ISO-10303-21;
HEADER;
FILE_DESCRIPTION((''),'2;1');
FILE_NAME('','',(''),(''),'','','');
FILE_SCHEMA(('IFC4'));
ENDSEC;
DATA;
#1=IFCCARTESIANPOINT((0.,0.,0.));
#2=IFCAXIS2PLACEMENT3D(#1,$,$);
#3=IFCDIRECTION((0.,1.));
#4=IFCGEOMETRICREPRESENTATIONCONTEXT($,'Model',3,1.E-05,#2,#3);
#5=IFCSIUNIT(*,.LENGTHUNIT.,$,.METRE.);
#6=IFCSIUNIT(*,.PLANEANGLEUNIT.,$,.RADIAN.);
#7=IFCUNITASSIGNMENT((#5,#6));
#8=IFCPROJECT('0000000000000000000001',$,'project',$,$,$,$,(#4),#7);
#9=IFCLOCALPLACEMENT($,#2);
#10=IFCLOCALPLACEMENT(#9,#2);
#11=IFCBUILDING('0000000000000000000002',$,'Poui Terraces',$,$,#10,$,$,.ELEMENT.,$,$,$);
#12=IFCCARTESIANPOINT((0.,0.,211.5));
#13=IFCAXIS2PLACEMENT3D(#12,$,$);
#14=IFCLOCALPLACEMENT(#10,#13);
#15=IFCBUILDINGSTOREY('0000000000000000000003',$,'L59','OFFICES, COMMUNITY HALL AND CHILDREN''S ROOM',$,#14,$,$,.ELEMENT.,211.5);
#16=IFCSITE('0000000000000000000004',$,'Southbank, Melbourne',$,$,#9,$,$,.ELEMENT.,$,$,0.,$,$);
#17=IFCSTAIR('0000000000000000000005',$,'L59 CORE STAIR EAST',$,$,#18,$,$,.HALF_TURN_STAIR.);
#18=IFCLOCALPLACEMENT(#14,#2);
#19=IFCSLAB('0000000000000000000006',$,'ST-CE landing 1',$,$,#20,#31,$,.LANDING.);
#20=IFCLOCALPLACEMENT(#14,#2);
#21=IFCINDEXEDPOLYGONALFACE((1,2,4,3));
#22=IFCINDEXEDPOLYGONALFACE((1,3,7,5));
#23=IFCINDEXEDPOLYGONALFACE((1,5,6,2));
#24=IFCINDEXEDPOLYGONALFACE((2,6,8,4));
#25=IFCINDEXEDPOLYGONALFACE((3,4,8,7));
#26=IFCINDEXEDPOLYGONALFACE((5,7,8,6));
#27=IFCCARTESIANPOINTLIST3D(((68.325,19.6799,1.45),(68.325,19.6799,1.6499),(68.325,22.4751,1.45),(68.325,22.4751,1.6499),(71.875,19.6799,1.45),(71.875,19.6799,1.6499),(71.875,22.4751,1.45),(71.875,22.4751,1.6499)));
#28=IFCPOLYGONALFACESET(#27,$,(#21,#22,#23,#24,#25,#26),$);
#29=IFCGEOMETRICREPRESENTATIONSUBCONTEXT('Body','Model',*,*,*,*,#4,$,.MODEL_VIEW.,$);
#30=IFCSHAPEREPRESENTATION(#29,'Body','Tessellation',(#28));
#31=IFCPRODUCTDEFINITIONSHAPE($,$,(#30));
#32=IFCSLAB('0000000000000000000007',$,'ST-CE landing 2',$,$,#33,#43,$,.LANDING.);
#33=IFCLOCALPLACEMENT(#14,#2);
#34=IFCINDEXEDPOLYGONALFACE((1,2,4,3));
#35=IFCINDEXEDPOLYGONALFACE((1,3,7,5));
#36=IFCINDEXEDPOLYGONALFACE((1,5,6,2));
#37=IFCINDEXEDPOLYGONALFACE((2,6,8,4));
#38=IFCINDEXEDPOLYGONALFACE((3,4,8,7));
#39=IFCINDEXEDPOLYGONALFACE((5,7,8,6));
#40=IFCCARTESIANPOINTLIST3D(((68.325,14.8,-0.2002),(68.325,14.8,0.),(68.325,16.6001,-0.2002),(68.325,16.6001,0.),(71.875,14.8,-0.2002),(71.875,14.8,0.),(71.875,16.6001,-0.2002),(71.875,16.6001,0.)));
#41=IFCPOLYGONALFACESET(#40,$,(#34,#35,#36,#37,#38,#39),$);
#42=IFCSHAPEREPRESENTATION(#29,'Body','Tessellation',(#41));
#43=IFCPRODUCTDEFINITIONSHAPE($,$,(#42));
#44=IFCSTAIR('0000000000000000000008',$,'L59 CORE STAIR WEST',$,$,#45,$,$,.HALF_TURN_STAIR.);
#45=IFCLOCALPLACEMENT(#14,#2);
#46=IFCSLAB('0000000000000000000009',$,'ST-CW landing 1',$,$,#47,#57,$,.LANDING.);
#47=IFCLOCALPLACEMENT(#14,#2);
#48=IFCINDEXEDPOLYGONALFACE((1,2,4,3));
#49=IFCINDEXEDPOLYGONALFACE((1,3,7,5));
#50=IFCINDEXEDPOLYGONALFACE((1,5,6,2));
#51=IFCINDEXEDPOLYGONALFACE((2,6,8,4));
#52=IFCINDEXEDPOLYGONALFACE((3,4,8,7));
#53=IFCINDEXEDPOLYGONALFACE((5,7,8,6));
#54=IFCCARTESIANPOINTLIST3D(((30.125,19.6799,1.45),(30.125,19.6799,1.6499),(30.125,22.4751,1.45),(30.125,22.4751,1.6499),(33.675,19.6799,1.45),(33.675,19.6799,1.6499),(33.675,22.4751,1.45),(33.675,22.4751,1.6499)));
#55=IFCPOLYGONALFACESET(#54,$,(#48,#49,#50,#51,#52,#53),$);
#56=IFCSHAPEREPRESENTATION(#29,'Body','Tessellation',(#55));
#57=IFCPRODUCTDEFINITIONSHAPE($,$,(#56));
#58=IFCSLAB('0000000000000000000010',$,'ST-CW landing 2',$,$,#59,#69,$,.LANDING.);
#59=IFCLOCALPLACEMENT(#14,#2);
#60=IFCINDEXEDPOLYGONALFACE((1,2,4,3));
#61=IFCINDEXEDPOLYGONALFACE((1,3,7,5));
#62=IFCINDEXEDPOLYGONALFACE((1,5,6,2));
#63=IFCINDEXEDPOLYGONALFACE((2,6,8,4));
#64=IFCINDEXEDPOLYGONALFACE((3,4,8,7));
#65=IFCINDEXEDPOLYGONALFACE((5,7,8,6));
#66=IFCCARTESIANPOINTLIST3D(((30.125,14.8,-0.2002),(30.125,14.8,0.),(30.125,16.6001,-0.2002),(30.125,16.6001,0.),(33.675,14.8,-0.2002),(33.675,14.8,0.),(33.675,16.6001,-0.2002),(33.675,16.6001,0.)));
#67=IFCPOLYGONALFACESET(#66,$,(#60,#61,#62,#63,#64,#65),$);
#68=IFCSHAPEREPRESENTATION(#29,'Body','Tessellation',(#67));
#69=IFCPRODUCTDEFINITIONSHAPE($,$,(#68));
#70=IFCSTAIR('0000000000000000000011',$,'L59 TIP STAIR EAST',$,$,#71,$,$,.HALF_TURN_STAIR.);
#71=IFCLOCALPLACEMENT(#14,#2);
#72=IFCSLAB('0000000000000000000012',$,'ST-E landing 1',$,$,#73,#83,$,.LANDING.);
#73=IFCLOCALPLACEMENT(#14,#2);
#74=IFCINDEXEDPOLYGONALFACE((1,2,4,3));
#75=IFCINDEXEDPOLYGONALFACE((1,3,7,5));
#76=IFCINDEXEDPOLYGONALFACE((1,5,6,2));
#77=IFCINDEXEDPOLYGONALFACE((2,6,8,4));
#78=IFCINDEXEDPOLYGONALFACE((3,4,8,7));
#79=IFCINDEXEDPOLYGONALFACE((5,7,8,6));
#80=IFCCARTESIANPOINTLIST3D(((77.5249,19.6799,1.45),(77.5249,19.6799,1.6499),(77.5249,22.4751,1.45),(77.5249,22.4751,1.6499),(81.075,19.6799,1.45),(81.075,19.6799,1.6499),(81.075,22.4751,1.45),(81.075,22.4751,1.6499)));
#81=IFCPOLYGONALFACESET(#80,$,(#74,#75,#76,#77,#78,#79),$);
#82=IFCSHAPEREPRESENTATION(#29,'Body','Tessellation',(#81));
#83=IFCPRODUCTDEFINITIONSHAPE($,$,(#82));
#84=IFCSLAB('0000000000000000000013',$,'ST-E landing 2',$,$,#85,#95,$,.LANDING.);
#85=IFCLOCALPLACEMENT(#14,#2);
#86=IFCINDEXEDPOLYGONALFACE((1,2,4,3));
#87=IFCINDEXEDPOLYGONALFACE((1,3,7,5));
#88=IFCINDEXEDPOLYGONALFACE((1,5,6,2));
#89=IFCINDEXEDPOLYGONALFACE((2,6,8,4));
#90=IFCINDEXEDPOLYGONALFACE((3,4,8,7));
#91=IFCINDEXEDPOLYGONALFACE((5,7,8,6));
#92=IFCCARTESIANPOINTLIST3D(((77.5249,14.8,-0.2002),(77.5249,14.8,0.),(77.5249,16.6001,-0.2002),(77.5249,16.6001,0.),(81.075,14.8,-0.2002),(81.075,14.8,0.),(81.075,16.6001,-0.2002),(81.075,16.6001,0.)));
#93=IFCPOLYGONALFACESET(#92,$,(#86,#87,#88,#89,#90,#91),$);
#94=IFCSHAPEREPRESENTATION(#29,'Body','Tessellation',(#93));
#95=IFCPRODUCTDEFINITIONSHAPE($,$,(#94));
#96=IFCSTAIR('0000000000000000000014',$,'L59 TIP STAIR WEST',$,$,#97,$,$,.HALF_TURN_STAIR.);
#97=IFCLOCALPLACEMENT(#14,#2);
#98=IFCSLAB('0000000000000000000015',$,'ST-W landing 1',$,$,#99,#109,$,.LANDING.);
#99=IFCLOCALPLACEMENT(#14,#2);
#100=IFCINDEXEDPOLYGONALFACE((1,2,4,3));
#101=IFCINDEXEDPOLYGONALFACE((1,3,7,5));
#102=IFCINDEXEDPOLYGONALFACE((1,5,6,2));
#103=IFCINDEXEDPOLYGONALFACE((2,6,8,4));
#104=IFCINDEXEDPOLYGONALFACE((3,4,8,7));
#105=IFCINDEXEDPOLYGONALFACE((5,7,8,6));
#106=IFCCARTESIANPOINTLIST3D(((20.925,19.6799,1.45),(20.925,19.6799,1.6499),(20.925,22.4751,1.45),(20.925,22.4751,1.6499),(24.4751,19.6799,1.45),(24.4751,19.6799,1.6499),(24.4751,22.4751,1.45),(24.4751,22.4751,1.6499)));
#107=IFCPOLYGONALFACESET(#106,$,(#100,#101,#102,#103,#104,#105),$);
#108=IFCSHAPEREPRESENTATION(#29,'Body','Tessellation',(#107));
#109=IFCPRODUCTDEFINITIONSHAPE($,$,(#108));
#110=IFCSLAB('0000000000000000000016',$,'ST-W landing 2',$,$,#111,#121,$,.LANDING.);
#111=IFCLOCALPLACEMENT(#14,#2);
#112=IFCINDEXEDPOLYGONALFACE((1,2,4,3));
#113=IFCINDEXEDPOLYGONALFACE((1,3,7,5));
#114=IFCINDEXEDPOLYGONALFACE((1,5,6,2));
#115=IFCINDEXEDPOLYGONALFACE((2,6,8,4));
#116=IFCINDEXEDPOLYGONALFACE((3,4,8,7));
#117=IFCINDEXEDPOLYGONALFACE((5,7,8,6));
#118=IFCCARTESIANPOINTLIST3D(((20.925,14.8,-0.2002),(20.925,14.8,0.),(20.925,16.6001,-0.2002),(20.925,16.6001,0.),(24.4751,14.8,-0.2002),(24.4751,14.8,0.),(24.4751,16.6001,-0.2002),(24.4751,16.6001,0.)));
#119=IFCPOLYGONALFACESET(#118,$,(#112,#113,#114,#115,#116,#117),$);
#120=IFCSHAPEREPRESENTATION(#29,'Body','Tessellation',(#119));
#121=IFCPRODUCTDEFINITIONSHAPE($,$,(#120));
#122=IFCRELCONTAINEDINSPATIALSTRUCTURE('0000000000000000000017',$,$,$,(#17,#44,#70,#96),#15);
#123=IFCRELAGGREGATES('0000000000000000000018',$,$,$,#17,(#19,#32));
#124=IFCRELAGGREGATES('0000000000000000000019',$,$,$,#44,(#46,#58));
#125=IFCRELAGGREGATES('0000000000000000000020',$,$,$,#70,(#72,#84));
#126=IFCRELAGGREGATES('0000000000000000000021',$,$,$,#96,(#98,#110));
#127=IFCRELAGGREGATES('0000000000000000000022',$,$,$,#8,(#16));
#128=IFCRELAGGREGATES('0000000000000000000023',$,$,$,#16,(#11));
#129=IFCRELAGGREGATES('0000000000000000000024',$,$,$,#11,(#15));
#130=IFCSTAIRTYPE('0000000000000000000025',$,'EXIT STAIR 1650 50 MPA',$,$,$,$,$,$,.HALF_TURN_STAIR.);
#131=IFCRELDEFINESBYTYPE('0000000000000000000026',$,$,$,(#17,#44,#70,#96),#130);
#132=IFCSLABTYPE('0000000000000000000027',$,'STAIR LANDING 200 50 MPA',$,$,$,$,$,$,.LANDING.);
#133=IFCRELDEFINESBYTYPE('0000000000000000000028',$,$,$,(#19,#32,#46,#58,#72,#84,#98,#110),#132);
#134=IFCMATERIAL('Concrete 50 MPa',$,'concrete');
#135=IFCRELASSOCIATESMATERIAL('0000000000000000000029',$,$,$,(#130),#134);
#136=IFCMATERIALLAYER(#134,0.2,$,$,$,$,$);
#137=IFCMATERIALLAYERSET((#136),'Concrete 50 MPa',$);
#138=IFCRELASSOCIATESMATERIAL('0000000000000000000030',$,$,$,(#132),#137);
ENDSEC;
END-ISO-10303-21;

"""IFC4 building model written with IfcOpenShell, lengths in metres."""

from ifc_helpers import new_model, si_unit, direction, frame, origin, place, context, subcontext, project, spatial, polyline, outline, extrude, material, layer, layer_set, type_object, element, aggregate, save


model = new_model("IFC4")

# Units and contexts
model_context = context("Model", 3, precision=1e-05, world=origin(), true_north=direction((0.0, 1.0)))
body_context = subcontext(model_context, "Body", "Model", "MODEL_VIEW")
ifc_project = project(units=[si_unit("LENGTHUNIT", "METRE"), si_unit("PLANEANGLEUNIT", "RADIAN")], contexts=[model_context])

# Site, building, storey
site_placement = place(None, origin())
site = spatial("IfcSite", under=ifc_project, at=site_placement, Name="Southbank, Melbourne", CompositionType="ELEMENT", RefElevation=0.0)
building_placement = place(site_placement, origin())
building = spatial("IfcBuilding", under=site, at=building_placement, Name="Poui Terraces", CompositionType="ELEMENT")
storey_placement = place(building_placement, frame((0.0, 0.0, 211.5)))
storey = spatial("IfcBuildingStorey", under=building, at=storey_placement, Name="L59", Description="OFFICES, COMMUNITY HALL AND CHILDREN'S ROOM", CompositionType="ELEMENT", Elevation=211.5)

# Stairs, slabs
ifc_material_1 = material(Name="Concrete 50 MPa", Category="concrete")
stair_type = type_object("IfcStairType", Name="EXIT STAIR 1650 50 MPA", PredefinedType="HALF_TURN_STAIR", material=ifc_material_1)
stair_1_placement = place(storey_placement, origin())
stair_1 = element("IfcStair", 1, at=stair_1_placement, inside=storey, type_object=stair_type, Name="L59 CORE STAIR EAST", PredefinedType="HALF_TURN_STAIR")
ifc_layer_1 = layer(ifc_material_1, 0.2)
ifc_layer_set_1 = layer_set([ifc_layer_1], Name="Concrete 50 MPa")
slab_type_1 = type_object("IfcSlabType", Name="STAIR LANDING 200 50 MPA", PredefinedType="LANDING", material=ifc_layer_set_1)
slab_1_placement = place(storey_placement, frame((0.0, 0.0, 1.45)))
slab_1 = element("IfcSlab", 2, at=slab_1_placement, type_object=slab_type_1, Name="ST-CE landing 1", PredefinedType="LANDING", context=body_context, shape_type="SweptSolid", body=[
    extrude(outline(polyline([(68.325, 19.6799), (71.875, 19.6799), (71.875, 22.4751), (68.325, 22.4751), (68.325, 19.6799)])), origin(), (0.0, 0.0, 1.0), 0.2),
])
slab_2_placement = place(storey_placement, frame((0.0, 0.0, -0.2002)))
slab_2 = element("IfcSlab", 3, at=slab_2_placement, type_object=slab_type_1, Name="ST-CE landing 2", PredefinedType="LANDING", context=body_context, shape_type="SweptSolid", body=[
    extrude(outline(polyline([(68.325, 14.8), (71.875, 14.8), (71.875, 16.6001), (68.325, 16.6001), (68.325, 14.8)])), origin(), (0.0, 0.0, 1.0), 0.2002),
])
aggregate(stair_1, [slab_1, slab_2])
stair_2_placement = place(storey_placement, origin())
stair_2 = element("IfcStair", 4, at=stair_2_placement, inside=storey, type_object=stair_type, Name="L59 CORE STAIR WEST", PredefinedType="HALF_TURN_STAIR")
slab_3_placement = place(storey_placement, frame((0.0, 0.0, 1.45)))
slab_3 = element("IfcSlab", 5, at=slab_3_placement, type_object=slab_type_1, Name="ST-CW landing 1", PredefinedType="LANDING", context=body_context, shape_type="SweptSolid", body=[
    extrude(outline(polyline([(30.125, 19.6799), (33.675, 19.6799), (33.675, 22.4751), (30.125, 22.4751), (30.125, 19.6799)])), origin(), (0.0, 0.0, 1.0), 0.2),
])
slab_4_placement = place(storey_placement, frame((0.0, 0.0, -0.2002)))
slab_4 = element("IfcSlab", 6, at=slab_4_placement, type_object=slab_type_1, Name="ST-CW landing 2", PredefinedType="LANDING", context=body_context, shape_type="SweptSolid", body=[
    extrude(outline(polyline([(30.125, 14.8), (33.675, 14.8), (33.675, 16.6001), (30.125, 16.6001), (30.125, 14.8)])), origin(), (0.0, 0.0, 1.0), 0.2002),
])
aggregate(stair_2, [slab_3, slab_4])
stair_3_placement = place(storey_placement, origin())
stair_3 = element("IfcStair", 7, at=stair_3_placement, inside=storey, type_object=stair_type, Name="L59 TIP STAIR EAST", PredefinedType="HALF_TURN_STAIR")
slab_5_placement = place(storey_placement, frame((0.0, 0.0, 1.45)))
slab_5 = element("IfcSlab", 8, at=slab_5_placement, type_object=slab_type_1, Name="ST-E landing 1", PredefinedType="LANDING", context=body_context, shape_type="SweptSolid", body=[
    extrude(outline(polyline([(77.5249, 19.6799), (81.075, 19.6799), (81.075, 22.4751), (77.5249, 22.4751), (77.5249, 19.6799)])), origin(), (0.0, 0.0, 1.0), 0.2),
])
slab_6_placement = place(storey_placement, frame((0.0, 0.0, -0.2002)))
slab_6 = element("IfcSlab", 9, at=slab_6_placement, type_object=slab_type_1, Name="ST-E landing 2", PredefinedType="LANDING", context=body_context, shape_type="SweptSolid", body=[
    extrude(outline(polyline([(77.5249, 14.8), (81.075, 14.8), (81.075, 16.6001), (77.5249, 16.6001), (77.5249, 14.8)])), origin(), (0.0, 0.0, 1.0), 0.2002),
])
aggregate(stair_3, [slab_5, slab_6])
stair_4_placement = place(storey_placement, origin())
stair_4 = element("IfcStair", 10, at=stair_4_placement, inside=storey, type_object=stair_type, Name="L59 TIP STAIR WEST", PredefinedType="HALF_TURN_STAIR")
slab_7_placement = place(storey_placement, frame((0.0, 0.0, 1.45)))
slab_7 = element("IfcSlab", 11, at=slab_7_placement, type_object=slab_type_1, Name="ST-W landing 1", PredefinedType="LANDING", context=body_context, shape_type="SweptSolid", body=[
    extrude(outline(polyline([(20.925, 19.6799), (24.4751, 19.6799), (24.4751, 22.4751), (20.925, 22.4751), (20.925, 19.6799)])), origin(), (0.0, 0.0, 1.0), 0.2),
])
slab_8_placement = place(storey_placement, frame((0.0, 0.0, -0.2002)))
slab_8 = element("IfcSlab", 12, at=slab_8_placement, type_object=slab_type_1, Name="ST-W landing 2", PredefinedType="LANDING", context=body_context, shape_type="SweptSolid", body=[
    extrude(outline(polyline([(20.925, 14.8), (24.4751, 14.8), (24.4751, 16.6001), (20.925, 16.6001), (20.925, 14.8)])), origin(), (0.0, 0.0, 1.0), 0.2002),
])
aggregate(stair_4, [slab_7, slab_8])

save(model, "model.ifc")
